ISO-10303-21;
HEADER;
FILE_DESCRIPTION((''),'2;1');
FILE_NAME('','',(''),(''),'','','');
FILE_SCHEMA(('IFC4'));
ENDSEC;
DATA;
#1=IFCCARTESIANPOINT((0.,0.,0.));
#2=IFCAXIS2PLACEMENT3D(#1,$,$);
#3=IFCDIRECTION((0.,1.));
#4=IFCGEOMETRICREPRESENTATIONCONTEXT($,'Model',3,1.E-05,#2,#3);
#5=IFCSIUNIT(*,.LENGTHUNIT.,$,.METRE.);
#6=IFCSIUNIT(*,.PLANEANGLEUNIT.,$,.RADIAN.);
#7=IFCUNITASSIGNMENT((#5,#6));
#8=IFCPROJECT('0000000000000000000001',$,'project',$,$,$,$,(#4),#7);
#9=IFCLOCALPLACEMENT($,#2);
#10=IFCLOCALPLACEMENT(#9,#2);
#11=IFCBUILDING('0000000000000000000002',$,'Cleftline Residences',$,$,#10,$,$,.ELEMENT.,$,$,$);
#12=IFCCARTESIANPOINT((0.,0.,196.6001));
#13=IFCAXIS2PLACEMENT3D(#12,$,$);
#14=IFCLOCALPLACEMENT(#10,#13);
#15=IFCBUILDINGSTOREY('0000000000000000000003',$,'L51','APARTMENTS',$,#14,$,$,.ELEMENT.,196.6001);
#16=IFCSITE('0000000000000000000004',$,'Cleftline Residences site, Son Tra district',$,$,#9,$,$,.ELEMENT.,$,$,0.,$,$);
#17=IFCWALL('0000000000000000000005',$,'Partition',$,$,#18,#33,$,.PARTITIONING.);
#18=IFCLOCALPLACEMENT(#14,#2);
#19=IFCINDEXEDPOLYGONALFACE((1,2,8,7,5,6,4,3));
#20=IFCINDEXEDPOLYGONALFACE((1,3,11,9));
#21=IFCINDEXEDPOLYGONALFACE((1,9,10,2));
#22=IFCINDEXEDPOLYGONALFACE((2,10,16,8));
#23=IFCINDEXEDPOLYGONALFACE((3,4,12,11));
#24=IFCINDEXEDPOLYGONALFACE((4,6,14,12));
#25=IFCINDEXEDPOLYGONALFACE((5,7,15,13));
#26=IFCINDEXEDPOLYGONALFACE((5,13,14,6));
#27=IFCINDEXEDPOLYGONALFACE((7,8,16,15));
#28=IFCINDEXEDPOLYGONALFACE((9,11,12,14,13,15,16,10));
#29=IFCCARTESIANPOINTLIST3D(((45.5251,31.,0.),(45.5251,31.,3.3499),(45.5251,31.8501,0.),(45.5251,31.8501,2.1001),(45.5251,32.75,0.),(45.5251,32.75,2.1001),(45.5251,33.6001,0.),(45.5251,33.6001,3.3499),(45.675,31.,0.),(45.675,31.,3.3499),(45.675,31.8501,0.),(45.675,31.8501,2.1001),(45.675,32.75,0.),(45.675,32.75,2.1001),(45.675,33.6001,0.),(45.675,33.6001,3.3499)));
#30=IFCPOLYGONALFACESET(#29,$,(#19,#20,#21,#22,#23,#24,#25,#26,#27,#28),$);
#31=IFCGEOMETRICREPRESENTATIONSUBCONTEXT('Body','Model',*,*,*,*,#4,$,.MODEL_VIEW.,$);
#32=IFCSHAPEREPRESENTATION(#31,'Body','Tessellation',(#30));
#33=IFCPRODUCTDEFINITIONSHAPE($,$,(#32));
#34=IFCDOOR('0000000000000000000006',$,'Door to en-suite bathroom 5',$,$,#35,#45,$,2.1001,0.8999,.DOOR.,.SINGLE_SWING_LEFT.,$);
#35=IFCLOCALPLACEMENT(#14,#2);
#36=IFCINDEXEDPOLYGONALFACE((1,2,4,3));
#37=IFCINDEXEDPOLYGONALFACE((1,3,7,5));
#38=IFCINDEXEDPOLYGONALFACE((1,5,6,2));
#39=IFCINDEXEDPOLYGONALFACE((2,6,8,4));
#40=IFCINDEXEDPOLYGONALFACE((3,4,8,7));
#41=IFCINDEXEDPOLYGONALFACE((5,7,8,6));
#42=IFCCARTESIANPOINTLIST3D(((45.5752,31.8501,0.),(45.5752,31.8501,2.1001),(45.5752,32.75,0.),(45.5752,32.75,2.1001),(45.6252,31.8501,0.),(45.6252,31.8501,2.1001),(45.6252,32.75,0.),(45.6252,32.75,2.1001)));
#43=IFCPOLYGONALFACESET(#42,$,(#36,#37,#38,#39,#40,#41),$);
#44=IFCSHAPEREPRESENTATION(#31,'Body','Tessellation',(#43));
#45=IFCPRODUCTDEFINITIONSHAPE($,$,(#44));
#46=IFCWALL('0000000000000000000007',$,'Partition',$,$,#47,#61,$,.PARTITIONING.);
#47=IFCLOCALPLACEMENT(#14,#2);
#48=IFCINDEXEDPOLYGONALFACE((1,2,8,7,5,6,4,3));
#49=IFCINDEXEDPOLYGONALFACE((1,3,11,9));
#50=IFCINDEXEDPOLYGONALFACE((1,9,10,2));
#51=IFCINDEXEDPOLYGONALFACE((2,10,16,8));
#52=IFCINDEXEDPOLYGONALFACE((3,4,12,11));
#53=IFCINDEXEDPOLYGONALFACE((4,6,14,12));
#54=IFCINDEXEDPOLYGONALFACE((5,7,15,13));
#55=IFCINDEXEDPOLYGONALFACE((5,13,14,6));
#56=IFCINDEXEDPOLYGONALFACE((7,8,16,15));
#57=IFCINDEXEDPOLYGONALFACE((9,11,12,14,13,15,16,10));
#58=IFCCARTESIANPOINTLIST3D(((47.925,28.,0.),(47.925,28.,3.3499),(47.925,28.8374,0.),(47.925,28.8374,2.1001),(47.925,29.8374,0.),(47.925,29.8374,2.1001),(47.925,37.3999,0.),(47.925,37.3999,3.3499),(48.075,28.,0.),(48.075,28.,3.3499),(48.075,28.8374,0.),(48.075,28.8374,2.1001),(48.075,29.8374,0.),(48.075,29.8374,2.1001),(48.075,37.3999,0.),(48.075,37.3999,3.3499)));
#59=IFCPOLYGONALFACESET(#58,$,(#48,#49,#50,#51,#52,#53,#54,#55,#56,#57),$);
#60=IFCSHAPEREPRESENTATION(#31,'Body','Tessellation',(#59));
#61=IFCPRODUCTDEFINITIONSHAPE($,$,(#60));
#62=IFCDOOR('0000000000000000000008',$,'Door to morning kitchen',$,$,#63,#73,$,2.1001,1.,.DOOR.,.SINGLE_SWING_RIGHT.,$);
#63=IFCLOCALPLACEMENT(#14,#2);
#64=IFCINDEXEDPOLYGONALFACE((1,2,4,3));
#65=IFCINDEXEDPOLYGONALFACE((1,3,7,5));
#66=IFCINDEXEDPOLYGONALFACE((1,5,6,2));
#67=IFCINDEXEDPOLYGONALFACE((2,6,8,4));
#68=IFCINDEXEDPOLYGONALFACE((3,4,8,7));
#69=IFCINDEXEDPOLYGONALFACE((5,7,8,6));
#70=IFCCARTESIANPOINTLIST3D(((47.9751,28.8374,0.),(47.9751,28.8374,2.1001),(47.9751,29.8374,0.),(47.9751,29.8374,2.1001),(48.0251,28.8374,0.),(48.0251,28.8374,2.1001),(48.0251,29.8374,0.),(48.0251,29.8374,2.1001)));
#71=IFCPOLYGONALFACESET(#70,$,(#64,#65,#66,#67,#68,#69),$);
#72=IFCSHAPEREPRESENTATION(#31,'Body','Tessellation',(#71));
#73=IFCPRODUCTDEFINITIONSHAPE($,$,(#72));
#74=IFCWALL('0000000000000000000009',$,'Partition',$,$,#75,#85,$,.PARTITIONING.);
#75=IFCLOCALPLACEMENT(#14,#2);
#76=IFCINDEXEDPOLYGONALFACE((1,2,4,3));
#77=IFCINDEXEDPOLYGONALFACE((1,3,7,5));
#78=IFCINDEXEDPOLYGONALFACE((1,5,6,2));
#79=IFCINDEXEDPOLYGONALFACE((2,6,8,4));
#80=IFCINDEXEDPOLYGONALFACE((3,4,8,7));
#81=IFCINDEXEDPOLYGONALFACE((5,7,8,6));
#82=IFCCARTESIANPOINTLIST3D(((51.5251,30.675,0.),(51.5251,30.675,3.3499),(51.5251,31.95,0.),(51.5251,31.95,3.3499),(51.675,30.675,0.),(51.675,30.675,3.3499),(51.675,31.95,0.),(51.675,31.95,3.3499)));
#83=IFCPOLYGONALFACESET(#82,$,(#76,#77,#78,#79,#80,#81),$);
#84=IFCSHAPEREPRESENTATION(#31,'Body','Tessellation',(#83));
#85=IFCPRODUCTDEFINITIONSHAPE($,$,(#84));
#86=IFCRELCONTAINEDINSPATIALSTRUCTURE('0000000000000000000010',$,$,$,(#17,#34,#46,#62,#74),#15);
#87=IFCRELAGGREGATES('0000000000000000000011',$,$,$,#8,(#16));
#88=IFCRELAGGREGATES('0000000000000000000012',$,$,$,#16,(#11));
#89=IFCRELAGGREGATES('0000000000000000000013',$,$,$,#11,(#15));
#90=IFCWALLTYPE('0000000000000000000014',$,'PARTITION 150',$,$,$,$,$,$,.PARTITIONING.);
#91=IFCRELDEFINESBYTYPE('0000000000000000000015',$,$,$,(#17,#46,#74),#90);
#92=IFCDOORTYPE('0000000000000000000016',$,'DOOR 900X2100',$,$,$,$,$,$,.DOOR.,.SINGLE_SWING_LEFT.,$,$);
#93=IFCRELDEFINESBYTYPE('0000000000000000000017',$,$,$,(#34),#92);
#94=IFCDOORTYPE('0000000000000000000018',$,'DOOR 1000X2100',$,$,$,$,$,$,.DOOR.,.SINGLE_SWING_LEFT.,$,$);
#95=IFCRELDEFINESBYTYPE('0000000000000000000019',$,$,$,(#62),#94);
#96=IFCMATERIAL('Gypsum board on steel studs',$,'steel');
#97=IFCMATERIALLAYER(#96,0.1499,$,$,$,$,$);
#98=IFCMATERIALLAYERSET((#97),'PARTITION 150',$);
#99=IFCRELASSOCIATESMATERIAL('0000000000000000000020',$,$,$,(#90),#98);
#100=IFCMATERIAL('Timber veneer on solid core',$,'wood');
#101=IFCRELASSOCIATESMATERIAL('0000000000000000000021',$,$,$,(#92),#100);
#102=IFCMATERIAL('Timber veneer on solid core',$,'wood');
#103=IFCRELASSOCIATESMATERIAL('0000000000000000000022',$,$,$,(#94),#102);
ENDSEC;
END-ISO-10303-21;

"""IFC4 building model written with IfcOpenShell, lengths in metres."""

from ifc_helpers import new_model, si_unit, direction, frame, frame_2d, origin, place, context, subcontext, project, spatial, rectangle, extrude, material, layer, layer_set, type_object, element, fill, save


model = new_model("IFC4")

# Units and contexts
model_context = context("Model", 3, precision=1e-05, world=origin(), true_north=direction((0.0, 1.0)))
body_context = subcontext(model_context, "Body", "Model", "MODEL_VIEW")
ifc_project = project(units=[si_unit("LENGTHUNIT", "METRE"), si_unit("PLANEANGLEUNIT", "RADIAN")], contexts=[model_context])

# Site, building, storey
site_placement = place(None, origin())
site = spatial("IfcSite", under=ifc_project, at=site_placement, Name="Cleftline Residences site, Son Tra district", CompositionType="ELEMENT", RefElevation=0.0)
building_placement = place(site_placement, origin())
building = spatial("IfcBuilding", under=site, at=building_placement, Name="Cleftline Residences", CompositionType="ELEMENT")
storey_placement = place(building_placement, frame((0.0, 0.0, 196.6001)))
storey = spatial("IfcBuildingStorey", under=building, at=storey_placement, Name="L51", Description="APARTMENTS", CompositionType="ELEMENT", Elevation=196.6001)

# Shared definitions
ifc_material_1 = material(Name="Gypsum board on steel studs", Category="steel")
ifc_layer_1 = layer(ifc_material_1, 0.1499)
ifc_layer_set_1 = layer_set([ifc_layer_1], Name="PARTITION 150")
wall_type_1 = type_object("IfcWallType", Name="PARTITION 150", PredefinedType="PARTITIONING", material=ifc_layer_set_1)
ifc_material_2 = material(Name="Timber veneer on solid core", Category="wood")
door_type_1 = type_object("IfcDoorType", Name="DOOR 900X2100", OperationType="SINGLE_SWING_LEFT", PredefinedType="DOOR", material=ifc_material_2)
ifc_material_3 = material(Name="Timber veneer on solid core", Category="wood")
door_type_2 = type_object("IfcDoorType", Name="DOOR 1000X2100", OperationType="SINGLE_SWING_LEFT", PredefinedType="DOOR", material=ifc_material_3)

# Walls, openings, doors
wall_1_placement = place(storey_placement, frame((45.6001, 31.0, 0.0), z_axis=(0.0, 0.0, 1.0), x_axis=(0.0, 1.0, 0.0)))
wall_1 = element("IfcWall", 1, at=wall_1_placement, inside=storey, type_object=wall_type_1, Name="Partition", PredefinedType="PARTITIONING", context=body_context, shape_type="SweptSolid", body=[
    extrude(rectangle(XDim=2.6001, YDim=0.1499, at=frame_2d((1.3, 0.0))), origin(), (0.0, 0.0, 1.0), 3.3499),
])
opening_1_placement = place(wall_1_placement, frame((0.8501, 0.0, 0.0)))
opening_1 = element("IfcOpeningElement", 2, at=opening_1_placement, cuts=wall_1, PredefinedType="OPENING", context=body_context, shape_type="SweptSolid", body=[
    extrude(rectangle(XDim=0.8999, YDim=2.1001, at=frame_2d((0.45, 1.05))), frame((0.0, 0.085, 0.0), z_axis=(0.0, -1.0, 0.0), x_axis=(1.0, 0.0, 0.0)), (0.0, 0.0, 1.0), 0.1699),
])
door_1_placement = place(opening_1_placement, origin())
door_1 = element("IfcDoor", 3, at=door_1_placement, inside=storey, type_object=door_type_1, Name="Door to en-suite bathroom 5", OperationType="SINGLE_SWING_LEFT", OverallHeight=2.1001, OverallWidth=0.8999, PredefinedType="DOOR", context=body_context, shape_type="SweptSolid", body=[
    extrude(rectangle(XDim=0.8999, YDim=2.1001, at=frame_2d((0.45, 1.05))), frame((0.0, 0.0249, 0.0), z_axis=(0.0, -1.0, 0.0), x_axis=(1.0, 0.0, 0.0)), (0.0, 0.0, 1.0), 0.05),
])
fill(opening_1, door_1)
wall_2_placement = place(storey_placement, frame((48.0, 28.0, 0.0), z_axis=(0.0, 0.0, 1.0), x_axis=(0.0, 1.0, 0.0)))
wall_2 = element("IfcWall", 4, at=wall_2_placement, inside=storey, type_object=wall_type_1, Name="Partition", PredefinedType="PARTITIONING", context=body_context, shape_type="SweptSolid", body=[
    extrude(rectangle(XDim=9.3999, YDim=0.1499, at=frame_2d((4.7, 0.0))), origin(), (0.0, 0.0, 1.0), 3.3499),
])
opening_2_placement = place(wall_2_placement, frame((0.8374, 0.0, 0.0)))
opening_2 = element("IfcOpeningElement", 5, at=opening_2_placement, cuts=wall_2, PredefinedType="OPENING", context=body_context, shape_type="SweptSolid", body=[
    extrude(rectangle(XDim=1.0, YDim=2.1001, at=frame_2d((0.5, 1.05))), frame((0.0, 0.085, 0.0), z_axis=(0.0, -1.0, 0.0), x_axis=(1.0, 0.0, 0.0)), (0.0, 0.0, 1.0), 0.1699),
])
door_2_placement = place(opening_2_placement, origin())
door_2 = element("IfcDoor", 6, at=door_2_placement, inside=storey, type_object=door_type_2, Name="Door to morning kitchen", OperationType="SINGLE_SWING_RIGHT", OverallHeight=2.1001, OverallWidth=1.0, PredefinedType="DOOR", context=body_context, shape_type="SweptSolid", body=[
    extrude(rectangle(XDim=1.0, YDim=2.1001, at=frame_2d((0.5, 1.05))), frame((0.0, 0.0249, 0.0), z_axis=(0.0, -1.0, 0.0), x_axis=(1.0, 0.0, 0.0)), (0.0, 0.0, 1.0), 0.05),
])
fill(opening_2, door_2)

# Wall
wall_3_placement = place(storey_placement, frame((51.6001, 30.675, 0.0), z_axis=(0.0, 0.0, 1.0), x_axis=(0.0, 1.0, 0.0)))
element("IfcWall", 7, at=wall_3_placement, inside=storey, type_object=wall_type_1, Name="Partition", PredefinedType="PARTITIONING", context=body_context, shape_type="SweptSolid", body=[
    extrude(rectangle(XDim=1.2749, YDim=0.1499, at=frame_2d((0.6375, 0.0))), origin(), (0.0, 0.0, 1.0), 3.3499),
])

save(model, "model.ifc")
